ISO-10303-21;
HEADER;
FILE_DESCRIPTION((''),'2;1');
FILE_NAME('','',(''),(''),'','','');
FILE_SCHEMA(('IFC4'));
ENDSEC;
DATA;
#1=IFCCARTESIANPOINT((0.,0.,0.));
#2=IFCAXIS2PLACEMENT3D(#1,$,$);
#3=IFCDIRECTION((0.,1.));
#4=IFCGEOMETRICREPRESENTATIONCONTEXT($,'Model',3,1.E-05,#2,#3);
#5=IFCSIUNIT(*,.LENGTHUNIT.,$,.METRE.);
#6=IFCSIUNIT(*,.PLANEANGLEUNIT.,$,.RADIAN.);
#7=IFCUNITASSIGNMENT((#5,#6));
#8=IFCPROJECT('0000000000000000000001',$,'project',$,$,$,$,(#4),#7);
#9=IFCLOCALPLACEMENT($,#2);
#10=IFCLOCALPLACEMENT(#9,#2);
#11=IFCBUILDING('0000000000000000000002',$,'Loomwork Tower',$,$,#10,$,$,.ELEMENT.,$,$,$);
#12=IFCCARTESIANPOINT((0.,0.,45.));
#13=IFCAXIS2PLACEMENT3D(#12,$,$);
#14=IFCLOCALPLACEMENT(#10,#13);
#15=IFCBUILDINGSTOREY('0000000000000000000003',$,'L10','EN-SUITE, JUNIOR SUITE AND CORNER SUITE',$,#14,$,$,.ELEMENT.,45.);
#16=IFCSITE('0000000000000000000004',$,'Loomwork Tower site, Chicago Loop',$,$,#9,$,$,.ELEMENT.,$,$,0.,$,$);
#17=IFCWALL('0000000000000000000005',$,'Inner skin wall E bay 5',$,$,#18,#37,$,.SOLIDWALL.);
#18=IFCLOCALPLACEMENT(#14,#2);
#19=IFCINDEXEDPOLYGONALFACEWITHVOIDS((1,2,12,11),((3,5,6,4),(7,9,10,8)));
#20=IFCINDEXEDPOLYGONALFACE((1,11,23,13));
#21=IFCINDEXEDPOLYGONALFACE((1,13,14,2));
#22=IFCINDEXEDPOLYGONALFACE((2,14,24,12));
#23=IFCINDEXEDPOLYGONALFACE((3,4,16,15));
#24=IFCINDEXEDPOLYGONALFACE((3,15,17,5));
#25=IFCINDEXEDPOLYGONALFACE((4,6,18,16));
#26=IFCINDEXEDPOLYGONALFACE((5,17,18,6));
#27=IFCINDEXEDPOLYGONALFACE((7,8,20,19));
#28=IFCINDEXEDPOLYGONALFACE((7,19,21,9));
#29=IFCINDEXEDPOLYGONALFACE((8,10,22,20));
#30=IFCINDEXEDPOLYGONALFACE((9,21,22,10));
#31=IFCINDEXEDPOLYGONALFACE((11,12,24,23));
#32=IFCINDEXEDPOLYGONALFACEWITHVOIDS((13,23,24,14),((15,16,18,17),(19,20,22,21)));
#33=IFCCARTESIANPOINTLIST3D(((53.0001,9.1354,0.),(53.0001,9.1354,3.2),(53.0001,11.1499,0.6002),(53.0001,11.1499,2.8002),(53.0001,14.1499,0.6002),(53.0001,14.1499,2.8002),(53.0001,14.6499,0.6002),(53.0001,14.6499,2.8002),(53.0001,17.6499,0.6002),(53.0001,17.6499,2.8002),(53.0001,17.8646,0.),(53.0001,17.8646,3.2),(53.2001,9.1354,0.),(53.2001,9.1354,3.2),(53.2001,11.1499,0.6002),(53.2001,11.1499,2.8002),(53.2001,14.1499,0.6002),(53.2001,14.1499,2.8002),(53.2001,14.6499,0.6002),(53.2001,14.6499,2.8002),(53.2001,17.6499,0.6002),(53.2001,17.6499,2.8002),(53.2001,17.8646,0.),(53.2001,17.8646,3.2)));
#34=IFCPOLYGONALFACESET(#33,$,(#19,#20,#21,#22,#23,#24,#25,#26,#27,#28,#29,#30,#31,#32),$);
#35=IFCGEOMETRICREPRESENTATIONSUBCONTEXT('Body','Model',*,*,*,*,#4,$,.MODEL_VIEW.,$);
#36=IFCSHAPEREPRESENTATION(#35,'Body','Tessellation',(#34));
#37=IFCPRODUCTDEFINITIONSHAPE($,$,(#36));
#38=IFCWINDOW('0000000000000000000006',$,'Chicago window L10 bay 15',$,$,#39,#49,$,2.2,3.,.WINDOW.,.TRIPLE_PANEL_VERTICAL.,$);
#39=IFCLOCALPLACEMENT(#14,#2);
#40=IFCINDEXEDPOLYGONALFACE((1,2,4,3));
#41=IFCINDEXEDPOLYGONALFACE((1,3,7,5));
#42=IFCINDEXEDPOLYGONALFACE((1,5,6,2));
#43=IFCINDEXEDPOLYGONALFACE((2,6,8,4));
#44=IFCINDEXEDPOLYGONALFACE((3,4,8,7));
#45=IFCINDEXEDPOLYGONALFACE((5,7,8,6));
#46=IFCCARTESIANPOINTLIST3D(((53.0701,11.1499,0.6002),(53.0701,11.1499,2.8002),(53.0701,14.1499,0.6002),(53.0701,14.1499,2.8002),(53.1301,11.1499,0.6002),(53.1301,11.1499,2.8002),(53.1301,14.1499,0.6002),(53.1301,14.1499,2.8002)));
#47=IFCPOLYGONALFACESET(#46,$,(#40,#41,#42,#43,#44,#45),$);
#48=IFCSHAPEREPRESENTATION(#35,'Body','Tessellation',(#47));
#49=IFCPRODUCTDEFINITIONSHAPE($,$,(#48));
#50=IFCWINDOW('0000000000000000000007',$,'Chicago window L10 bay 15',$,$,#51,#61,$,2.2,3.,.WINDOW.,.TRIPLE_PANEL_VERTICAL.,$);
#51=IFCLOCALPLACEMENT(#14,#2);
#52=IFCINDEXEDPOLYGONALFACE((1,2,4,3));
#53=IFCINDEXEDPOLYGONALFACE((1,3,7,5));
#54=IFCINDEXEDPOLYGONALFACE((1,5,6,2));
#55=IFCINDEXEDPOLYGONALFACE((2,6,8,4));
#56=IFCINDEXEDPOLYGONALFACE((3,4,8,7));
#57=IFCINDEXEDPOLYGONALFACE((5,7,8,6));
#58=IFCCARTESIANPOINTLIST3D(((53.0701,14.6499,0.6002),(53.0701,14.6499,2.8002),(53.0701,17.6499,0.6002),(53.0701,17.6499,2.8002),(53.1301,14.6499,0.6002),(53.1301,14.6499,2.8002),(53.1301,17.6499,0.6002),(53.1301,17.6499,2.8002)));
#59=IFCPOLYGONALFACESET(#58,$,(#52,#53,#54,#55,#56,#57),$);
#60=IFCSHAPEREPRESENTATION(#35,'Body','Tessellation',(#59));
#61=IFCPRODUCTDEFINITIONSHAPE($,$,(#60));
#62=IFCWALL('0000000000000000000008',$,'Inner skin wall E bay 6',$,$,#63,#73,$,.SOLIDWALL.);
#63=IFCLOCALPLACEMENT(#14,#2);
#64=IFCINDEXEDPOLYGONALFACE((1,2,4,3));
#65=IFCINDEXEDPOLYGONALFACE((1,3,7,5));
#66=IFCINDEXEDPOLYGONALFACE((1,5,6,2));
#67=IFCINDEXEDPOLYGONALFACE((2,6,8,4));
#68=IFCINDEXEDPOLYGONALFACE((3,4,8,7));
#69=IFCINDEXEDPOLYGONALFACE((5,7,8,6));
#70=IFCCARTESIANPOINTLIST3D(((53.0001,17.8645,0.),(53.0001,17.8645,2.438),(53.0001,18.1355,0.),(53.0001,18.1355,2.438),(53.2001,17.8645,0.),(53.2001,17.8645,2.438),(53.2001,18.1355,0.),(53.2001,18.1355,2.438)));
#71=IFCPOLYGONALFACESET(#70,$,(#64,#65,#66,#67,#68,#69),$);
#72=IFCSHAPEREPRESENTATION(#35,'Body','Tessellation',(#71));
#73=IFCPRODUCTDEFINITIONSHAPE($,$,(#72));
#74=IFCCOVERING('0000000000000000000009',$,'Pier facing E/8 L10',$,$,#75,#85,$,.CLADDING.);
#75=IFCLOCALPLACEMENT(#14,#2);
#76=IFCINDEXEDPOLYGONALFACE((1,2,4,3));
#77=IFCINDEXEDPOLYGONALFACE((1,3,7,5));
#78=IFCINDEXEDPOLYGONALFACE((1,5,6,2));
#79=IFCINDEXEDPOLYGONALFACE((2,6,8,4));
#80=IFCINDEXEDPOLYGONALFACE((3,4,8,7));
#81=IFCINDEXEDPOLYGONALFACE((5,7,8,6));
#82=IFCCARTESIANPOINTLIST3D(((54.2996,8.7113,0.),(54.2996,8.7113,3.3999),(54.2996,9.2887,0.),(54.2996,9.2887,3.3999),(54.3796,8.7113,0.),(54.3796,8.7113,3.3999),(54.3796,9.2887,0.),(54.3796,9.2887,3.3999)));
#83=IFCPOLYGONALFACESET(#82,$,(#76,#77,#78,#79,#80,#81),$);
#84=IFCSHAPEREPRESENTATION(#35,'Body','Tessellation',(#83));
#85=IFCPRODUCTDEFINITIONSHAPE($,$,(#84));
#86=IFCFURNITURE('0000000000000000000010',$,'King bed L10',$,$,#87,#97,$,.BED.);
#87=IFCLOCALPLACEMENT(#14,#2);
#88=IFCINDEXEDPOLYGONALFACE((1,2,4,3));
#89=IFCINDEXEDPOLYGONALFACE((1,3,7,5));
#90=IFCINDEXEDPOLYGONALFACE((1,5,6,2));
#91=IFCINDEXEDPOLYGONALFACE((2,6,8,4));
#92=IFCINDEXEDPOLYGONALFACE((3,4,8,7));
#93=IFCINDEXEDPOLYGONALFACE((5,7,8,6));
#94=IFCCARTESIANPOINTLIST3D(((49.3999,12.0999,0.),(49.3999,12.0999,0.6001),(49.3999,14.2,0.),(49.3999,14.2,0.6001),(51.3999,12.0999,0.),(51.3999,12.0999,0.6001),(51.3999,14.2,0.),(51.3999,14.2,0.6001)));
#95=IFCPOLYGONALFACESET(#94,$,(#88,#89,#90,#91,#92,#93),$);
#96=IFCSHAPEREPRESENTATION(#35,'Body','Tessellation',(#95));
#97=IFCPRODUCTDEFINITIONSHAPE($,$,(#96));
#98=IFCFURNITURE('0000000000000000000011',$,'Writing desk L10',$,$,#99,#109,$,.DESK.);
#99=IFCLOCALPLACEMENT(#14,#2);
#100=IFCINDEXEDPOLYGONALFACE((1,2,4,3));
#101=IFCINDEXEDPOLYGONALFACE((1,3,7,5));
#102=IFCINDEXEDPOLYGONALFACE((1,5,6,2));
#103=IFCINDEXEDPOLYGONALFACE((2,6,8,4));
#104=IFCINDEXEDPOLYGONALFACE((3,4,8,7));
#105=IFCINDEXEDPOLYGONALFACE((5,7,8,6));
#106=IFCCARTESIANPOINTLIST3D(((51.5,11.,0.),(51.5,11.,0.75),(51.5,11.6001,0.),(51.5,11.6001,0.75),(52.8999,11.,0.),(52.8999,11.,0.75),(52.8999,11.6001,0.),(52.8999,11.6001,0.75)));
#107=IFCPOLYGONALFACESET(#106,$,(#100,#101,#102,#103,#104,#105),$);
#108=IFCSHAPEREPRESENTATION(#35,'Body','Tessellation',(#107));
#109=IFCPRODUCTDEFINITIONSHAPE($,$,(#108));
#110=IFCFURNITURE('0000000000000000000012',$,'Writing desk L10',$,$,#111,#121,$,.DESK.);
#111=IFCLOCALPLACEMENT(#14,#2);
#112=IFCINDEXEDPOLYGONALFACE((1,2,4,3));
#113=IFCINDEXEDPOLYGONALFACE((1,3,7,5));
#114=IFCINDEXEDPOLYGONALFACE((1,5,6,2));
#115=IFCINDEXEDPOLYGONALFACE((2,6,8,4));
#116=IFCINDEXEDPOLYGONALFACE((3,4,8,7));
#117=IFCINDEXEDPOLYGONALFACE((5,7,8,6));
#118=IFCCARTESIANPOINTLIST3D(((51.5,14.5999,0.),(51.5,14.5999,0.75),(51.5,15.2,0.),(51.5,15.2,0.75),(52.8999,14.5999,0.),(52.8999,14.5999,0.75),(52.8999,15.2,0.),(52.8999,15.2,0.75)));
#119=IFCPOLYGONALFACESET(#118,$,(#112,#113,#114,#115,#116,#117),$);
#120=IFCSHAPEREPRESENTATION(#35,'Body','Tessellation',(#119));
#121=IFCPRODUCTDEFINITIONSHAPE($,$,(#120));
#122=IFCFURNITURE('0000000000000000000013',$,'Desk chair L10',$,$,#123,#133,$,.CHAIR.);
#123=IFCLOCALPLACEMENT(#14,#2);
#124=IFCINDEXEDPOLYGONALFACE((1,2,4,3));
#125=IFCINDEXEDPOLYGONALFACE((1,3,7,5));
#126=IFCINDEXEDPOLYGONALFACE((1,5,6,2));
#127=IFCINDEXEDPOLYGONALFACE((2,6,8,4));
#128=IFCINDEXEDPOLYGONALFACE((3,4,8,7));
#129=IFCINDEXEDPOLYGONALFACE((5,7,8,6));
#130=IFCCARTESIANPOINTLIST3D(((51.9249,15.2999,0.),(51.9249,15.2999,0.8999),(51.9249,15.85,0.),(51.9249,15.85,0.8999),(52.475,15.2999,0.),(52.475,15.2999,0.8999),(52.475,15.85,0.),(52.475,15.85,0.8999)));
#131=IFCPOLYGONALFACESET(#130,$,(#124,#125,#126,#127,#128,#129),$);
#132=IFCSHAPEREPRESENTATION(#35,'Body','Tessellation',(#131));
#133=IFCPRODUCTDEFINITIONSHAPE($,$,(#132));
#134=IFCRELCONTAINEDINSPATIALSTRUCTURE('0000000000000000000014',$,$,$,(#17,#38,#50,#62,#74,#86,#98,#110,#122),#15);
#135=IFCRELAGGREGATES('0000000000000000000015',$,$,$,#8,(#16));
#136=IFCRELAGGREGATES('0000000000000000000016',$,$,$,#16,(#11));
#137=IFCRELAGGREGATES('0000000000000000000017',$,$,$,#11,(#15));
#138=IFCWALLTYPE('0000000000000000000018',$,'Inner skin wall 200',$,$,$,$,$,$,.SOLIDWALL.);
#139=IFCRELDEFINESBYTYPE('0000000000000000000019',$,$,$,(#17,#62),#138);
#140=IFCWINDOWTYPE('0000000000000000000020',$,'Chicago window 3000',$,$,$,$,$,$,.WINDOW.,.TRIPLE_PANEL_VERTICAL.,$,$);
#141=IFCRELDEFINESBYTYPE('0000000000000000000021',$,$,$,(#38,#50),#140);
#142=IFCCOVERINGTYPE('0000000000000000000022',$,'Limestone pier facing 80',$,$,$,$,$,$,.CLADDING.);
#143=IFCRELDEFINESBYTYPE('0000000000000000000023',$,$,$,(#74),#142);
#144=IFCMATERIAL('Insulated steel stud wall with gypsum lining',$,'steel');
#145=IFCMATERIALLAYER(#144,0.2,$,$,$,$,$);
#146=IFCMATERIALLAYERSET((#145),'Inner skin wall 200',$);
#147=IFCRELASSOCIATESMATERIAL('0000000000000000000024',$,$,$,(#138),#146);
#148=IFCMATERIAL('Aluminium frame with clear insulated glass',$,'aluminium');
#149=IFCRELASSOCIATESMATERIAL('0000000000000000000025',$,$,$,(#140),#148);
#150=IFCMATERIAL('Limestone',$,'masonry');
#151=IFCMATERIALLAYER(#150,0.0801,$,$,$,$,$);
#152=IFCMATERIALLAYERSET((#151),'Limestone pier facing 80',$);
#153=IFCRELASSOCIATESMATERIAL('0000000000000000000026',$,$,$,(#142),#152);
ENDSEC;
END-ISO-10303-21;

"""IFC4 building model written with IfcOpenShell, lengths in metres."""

from ifc_helpers import new_model, si_unit, direction, frame, frame_2d, origin, origin_2d, place, context, subcontext, project, spatial, rectangle, extrude, material, layer, layer_set, type_object, element, fill, save


model = new_model("IFC4")

# Units and contexts
model_context = context("Model", 3, precision=1e-05, world=origin(), true_north=direction((0.0, 1.0)))
body_context = subcontext(model_context, "Body", "Model", "MODEL_VIEW")
ifc_project = project(units=[si_unit("LENGTHUNIT", "METRE"), si_unit("PLANEANGLEUNIT", "RADIAN")], contexts=[model_context])

# Site, building, storey
site_placement = place(None, origin())
site = spatial("IfcSite", under=ifc_project, at=site_placement, Name="Loomwork Tower site, Chicago Loop", CompositionType="ELEMENT", RefElevation=0.0)
building_placement = place(site_placement, origin())
building = spatial("IfcBuilding", under=site, at=building_placement, Name="Loomwork Tower", CompositionType="ELEMENT")
storey_placement = place(building_placement, frame((0.0, 0.0, 45.0)))
storey = spatial("IfcBuildingStorey", under=building, at=storey_placement, Name="L10", Description="EN-SUITE, JUNIOR SUITE AND CORNER SUITE", CompositionType="ELEMENT", Elevation=45.0)

# Shared definitions
ifc_material_1 = material(Name="Insulated steel stud wall with gypsum lining", Category="steel")
ifc_layer_1 = layer(ifc_material_1, 0.2)
ifc_layer_set_1 = layer_set([ifc_layer_1], Name="Inner skin wall 200")
wall_type = type_object("IfcWallType", Name="Inner skin wall 200", PredefinedType="SOLIDWALL", material=ifc_layer_set_1)

# Wall, openings, windows
wall_1_placement = place(storey_placement, frame((53.1001, 9.1353, 0.0), z_axis=(0.0, 0.0, 1.0), x_axis=(0.0, 1.0, 0.0)))
wall_1 = element("IfcWall", 1, at=wall_1_placement, inside=storey, type_object=wall_type, Name="Inner skin wall E bay 5", PredefinedType="SOLIDWALL", context=body_context, shape_type="SweptSolid", body=[
    extrude(rectangle(XDim=8.7292, YDim=0.2, at=frame_2d((4.3647, 0.0))), origin(), (0.0, 0.0, 1.0), 3.2),
])
opening_1_placement = place(wall_1_placement, frame((2.0146, 0.0, 0.6001)))
opening_1 = element("IfcOpeningElement", 2, at=opening_1_placement, cuts=wall_1, PredefinedType="OPENING", context=body_context, shape_type="SweptSolid", body=[
    extrude(rectangle(XDim=3.0, YDim=2.2, at=frame_2d((1.5, 1.1001))), frame((0.0, 0.1099, 0.0), z_axis=(0.0, -1.0, 0.0), x_axis=(1.0, 0.0, 0.0)), (0.0, 0.0, 1.0), 0.22),
])
opening_2_placement = place(wall_1_placement, frame((5.5146, 0.0, 0.6001)))
opening_2 = element("IfcOpeningElement", 3, at=opening_2_placement, cuts=wall_1, PredefinedType="OPENING", context=body_context, shape_type="SweptSolid", body=[
    extrude(rectangle(XDim=3.0, YDim=2.2, at=frame_2d((1.5, 1.1001))), frame((0.0, 0.1099, 0.0), z_axis=(0.0, -1.0, 0.0), x_axis=(1.0, 0.0, 0.0)), (0.0, 0.0, 1.0), 0.22),
])
ifc_material_2 = material(Name="Aluminium frame with clear insulated glass", Category="aluminium")
window_type = type_object("IfcWindowType", Name="Chicago window 3000", PartitioningType="TRIPLE_PANEL_VERTICAL", PredefinedType="WINDOW", material=ifc_material_2)
window_1_placement = place(opening_1_placement, origin())
window_1 = element("IfcWindow", 4, at=window_1_placement, inside=storey, type_object=window_type, Name="Chicago window L10 bay 15", OverallHeight=2.2, OverallWidth=3.0, PartitioningType="TRIPLE_PANEL_VERTICAL", PredefinedType="WINDOW", context=body_context, shape_type="SweptSolid", body=[
    extrude(rectangle(XDim=3.0, YDim=2.2, at=frame_2d((1.5, 1.1001))), frame((0.0, 0.03, 0.0), z_axis=(0.0, -1.0, 0.0), x_axis=(1.0, 0.0, 0.0)), (0.0, 0.0, 1.0), 0.0601),
])
fill(opening_1, window_1)
window_2_placement = place(opening_2_placement, origin())
window_2 = element("IfcWindow", 5, at=window_2_placement, inside=storey, type_object=window_type, Name="Chicago window L10 bay 15", OverallHeight=2.2, OverallWidth=3.0, PartitioningType="TRIPLE_PANEL_VERTICAL", PredefinedType="WINDOW", context=body_context, shape_type="SweptSolid", body=[
    extrude(rectangle(XDim=3.0, YDim=2.2, at=frame_2d((1.5, 1.1001))), frame((0.0, 0.03, 0.0), z_axis=(0.0, -1.0, 0.0), x_axis=(1.0, 0.0, 0.0)), (0.0, 0.0, 1.0), 0.0601),
])
fill(opening_2, window_2)

# Wall
wall_2_placement = place(storey_placement, frame((53.1001, 17.8645, 0.0), z_axis=(0.0, 0.0, 1.0), x_axis=(0.0, 1.0, 0.0)))
element("IfcWall", 6, at=wall_2_placement, inside=storey, type_object=wall_type, Name="Inner skin wall E bay 6", PredefinedType="SOLIDWALL", context=body_context, shape_type="SweptSolid", body=[
    extrude(rectangle(XDim=0.271, YDim=0.2, at=frame_2d((0.1355, 0.0))), origin(), (0.0, 0.0, 1.0), 2.438),
])

# Covering
ifc_material_3 = material(Name="Limestone", Category="masonry")
ifc_layer_2 = layer(ifc_material_3, 0.0801)
ifc_layer_set_2 = layer_set([ifc_layer_2], Name="Limestone pier facing 80")
covering_type = type_object("IfcCoveringType", Name="Limestone pier facing 80", PredefinedType="CLADDING", material=ifc_layer_set_2)
covering_placement = place(storey_placement, frame((54.3396, 9.0, 0.0), z_axis=(0.0, 0.0, 1.0), x_axis=(1.0, 0.0, 0.0)))
element("IfcCovering", 7, at=covering_placement, inside=storey, type_object=covering_type, Name="Pier facing E/8 L10", PredefinedType="CLADDING", context=body_context, shape_type="SweptSolid", body=[
    extrude(rectangle(XDim=0.0801, YDim=0.5774, at=origin_2d()), origin(), (0.0, 0.0, 1.0), 3.3999),
])

# Furniture
furniture_1_placement = place(storey_placement, frame((50.3999, 13.1499, 0.0), z_axis=(0.0, 0.0, 1.0), x_axis=(1.0, 0.0, 0.0)))
element("IfcFurniture", 8, at=furniture_1_placement, inside=storey, Name="King bed L10", PredefinedType="BED", context=body_context, shape_type="SweptSolid", body=[
    extrude(rectangle(XDim=2.0, YDim=2.1001, at=origin_2d()), origin(), (0.0, 0.0, 1.0), 0.6001),
])
for number, where, z_axis, x_axis, name in (
    (9, (52.2, 11.3, 0.0), (0.0, 0.0, 1.0), (1.0, 0.0, 0.0), "Writing desk L10"),
    (10, (52.2, 14.8999, 0.0), (0.0, 0.0, 1.0), (1.0, 0.0, 0.0), "Writing desk L10"),
):
    element("IfcFurniture", number, at=place(storey_placement, frame(where, z_axis=z_axis, x_axis=x_axis)), inside=storey, Name=name, PredefinedType="DESK", context=body_context, shape_type="SweptSolid", body=[
        extrude(rectangle(XDim=1.3999, YDim=0.6001, at=origin_2d()), origin(), (0.0, 0.0, 1.0), 0.75),
    ])
furniture_2_placement = place(storey_placement, frame((52.2, 15.575, 0.0), z_axis=(0.0, 0.0, 1.0), x_axis=(1.0, 0.0, 0.0)))
element("IfcFurniture", 11, at=furniture_2_placement, inside=storey, Name="Desk chair L10", PredefinedType="CHAIR", context=body_context, shape_type="SweptSolid", body=[
    extrude(rectangle(XDim=0.55, YDim=0.55, at=origin_2d()), origin(), (0.0, 0.0, 1.0), 0.8999),
])

save(model, "model.ifc")
